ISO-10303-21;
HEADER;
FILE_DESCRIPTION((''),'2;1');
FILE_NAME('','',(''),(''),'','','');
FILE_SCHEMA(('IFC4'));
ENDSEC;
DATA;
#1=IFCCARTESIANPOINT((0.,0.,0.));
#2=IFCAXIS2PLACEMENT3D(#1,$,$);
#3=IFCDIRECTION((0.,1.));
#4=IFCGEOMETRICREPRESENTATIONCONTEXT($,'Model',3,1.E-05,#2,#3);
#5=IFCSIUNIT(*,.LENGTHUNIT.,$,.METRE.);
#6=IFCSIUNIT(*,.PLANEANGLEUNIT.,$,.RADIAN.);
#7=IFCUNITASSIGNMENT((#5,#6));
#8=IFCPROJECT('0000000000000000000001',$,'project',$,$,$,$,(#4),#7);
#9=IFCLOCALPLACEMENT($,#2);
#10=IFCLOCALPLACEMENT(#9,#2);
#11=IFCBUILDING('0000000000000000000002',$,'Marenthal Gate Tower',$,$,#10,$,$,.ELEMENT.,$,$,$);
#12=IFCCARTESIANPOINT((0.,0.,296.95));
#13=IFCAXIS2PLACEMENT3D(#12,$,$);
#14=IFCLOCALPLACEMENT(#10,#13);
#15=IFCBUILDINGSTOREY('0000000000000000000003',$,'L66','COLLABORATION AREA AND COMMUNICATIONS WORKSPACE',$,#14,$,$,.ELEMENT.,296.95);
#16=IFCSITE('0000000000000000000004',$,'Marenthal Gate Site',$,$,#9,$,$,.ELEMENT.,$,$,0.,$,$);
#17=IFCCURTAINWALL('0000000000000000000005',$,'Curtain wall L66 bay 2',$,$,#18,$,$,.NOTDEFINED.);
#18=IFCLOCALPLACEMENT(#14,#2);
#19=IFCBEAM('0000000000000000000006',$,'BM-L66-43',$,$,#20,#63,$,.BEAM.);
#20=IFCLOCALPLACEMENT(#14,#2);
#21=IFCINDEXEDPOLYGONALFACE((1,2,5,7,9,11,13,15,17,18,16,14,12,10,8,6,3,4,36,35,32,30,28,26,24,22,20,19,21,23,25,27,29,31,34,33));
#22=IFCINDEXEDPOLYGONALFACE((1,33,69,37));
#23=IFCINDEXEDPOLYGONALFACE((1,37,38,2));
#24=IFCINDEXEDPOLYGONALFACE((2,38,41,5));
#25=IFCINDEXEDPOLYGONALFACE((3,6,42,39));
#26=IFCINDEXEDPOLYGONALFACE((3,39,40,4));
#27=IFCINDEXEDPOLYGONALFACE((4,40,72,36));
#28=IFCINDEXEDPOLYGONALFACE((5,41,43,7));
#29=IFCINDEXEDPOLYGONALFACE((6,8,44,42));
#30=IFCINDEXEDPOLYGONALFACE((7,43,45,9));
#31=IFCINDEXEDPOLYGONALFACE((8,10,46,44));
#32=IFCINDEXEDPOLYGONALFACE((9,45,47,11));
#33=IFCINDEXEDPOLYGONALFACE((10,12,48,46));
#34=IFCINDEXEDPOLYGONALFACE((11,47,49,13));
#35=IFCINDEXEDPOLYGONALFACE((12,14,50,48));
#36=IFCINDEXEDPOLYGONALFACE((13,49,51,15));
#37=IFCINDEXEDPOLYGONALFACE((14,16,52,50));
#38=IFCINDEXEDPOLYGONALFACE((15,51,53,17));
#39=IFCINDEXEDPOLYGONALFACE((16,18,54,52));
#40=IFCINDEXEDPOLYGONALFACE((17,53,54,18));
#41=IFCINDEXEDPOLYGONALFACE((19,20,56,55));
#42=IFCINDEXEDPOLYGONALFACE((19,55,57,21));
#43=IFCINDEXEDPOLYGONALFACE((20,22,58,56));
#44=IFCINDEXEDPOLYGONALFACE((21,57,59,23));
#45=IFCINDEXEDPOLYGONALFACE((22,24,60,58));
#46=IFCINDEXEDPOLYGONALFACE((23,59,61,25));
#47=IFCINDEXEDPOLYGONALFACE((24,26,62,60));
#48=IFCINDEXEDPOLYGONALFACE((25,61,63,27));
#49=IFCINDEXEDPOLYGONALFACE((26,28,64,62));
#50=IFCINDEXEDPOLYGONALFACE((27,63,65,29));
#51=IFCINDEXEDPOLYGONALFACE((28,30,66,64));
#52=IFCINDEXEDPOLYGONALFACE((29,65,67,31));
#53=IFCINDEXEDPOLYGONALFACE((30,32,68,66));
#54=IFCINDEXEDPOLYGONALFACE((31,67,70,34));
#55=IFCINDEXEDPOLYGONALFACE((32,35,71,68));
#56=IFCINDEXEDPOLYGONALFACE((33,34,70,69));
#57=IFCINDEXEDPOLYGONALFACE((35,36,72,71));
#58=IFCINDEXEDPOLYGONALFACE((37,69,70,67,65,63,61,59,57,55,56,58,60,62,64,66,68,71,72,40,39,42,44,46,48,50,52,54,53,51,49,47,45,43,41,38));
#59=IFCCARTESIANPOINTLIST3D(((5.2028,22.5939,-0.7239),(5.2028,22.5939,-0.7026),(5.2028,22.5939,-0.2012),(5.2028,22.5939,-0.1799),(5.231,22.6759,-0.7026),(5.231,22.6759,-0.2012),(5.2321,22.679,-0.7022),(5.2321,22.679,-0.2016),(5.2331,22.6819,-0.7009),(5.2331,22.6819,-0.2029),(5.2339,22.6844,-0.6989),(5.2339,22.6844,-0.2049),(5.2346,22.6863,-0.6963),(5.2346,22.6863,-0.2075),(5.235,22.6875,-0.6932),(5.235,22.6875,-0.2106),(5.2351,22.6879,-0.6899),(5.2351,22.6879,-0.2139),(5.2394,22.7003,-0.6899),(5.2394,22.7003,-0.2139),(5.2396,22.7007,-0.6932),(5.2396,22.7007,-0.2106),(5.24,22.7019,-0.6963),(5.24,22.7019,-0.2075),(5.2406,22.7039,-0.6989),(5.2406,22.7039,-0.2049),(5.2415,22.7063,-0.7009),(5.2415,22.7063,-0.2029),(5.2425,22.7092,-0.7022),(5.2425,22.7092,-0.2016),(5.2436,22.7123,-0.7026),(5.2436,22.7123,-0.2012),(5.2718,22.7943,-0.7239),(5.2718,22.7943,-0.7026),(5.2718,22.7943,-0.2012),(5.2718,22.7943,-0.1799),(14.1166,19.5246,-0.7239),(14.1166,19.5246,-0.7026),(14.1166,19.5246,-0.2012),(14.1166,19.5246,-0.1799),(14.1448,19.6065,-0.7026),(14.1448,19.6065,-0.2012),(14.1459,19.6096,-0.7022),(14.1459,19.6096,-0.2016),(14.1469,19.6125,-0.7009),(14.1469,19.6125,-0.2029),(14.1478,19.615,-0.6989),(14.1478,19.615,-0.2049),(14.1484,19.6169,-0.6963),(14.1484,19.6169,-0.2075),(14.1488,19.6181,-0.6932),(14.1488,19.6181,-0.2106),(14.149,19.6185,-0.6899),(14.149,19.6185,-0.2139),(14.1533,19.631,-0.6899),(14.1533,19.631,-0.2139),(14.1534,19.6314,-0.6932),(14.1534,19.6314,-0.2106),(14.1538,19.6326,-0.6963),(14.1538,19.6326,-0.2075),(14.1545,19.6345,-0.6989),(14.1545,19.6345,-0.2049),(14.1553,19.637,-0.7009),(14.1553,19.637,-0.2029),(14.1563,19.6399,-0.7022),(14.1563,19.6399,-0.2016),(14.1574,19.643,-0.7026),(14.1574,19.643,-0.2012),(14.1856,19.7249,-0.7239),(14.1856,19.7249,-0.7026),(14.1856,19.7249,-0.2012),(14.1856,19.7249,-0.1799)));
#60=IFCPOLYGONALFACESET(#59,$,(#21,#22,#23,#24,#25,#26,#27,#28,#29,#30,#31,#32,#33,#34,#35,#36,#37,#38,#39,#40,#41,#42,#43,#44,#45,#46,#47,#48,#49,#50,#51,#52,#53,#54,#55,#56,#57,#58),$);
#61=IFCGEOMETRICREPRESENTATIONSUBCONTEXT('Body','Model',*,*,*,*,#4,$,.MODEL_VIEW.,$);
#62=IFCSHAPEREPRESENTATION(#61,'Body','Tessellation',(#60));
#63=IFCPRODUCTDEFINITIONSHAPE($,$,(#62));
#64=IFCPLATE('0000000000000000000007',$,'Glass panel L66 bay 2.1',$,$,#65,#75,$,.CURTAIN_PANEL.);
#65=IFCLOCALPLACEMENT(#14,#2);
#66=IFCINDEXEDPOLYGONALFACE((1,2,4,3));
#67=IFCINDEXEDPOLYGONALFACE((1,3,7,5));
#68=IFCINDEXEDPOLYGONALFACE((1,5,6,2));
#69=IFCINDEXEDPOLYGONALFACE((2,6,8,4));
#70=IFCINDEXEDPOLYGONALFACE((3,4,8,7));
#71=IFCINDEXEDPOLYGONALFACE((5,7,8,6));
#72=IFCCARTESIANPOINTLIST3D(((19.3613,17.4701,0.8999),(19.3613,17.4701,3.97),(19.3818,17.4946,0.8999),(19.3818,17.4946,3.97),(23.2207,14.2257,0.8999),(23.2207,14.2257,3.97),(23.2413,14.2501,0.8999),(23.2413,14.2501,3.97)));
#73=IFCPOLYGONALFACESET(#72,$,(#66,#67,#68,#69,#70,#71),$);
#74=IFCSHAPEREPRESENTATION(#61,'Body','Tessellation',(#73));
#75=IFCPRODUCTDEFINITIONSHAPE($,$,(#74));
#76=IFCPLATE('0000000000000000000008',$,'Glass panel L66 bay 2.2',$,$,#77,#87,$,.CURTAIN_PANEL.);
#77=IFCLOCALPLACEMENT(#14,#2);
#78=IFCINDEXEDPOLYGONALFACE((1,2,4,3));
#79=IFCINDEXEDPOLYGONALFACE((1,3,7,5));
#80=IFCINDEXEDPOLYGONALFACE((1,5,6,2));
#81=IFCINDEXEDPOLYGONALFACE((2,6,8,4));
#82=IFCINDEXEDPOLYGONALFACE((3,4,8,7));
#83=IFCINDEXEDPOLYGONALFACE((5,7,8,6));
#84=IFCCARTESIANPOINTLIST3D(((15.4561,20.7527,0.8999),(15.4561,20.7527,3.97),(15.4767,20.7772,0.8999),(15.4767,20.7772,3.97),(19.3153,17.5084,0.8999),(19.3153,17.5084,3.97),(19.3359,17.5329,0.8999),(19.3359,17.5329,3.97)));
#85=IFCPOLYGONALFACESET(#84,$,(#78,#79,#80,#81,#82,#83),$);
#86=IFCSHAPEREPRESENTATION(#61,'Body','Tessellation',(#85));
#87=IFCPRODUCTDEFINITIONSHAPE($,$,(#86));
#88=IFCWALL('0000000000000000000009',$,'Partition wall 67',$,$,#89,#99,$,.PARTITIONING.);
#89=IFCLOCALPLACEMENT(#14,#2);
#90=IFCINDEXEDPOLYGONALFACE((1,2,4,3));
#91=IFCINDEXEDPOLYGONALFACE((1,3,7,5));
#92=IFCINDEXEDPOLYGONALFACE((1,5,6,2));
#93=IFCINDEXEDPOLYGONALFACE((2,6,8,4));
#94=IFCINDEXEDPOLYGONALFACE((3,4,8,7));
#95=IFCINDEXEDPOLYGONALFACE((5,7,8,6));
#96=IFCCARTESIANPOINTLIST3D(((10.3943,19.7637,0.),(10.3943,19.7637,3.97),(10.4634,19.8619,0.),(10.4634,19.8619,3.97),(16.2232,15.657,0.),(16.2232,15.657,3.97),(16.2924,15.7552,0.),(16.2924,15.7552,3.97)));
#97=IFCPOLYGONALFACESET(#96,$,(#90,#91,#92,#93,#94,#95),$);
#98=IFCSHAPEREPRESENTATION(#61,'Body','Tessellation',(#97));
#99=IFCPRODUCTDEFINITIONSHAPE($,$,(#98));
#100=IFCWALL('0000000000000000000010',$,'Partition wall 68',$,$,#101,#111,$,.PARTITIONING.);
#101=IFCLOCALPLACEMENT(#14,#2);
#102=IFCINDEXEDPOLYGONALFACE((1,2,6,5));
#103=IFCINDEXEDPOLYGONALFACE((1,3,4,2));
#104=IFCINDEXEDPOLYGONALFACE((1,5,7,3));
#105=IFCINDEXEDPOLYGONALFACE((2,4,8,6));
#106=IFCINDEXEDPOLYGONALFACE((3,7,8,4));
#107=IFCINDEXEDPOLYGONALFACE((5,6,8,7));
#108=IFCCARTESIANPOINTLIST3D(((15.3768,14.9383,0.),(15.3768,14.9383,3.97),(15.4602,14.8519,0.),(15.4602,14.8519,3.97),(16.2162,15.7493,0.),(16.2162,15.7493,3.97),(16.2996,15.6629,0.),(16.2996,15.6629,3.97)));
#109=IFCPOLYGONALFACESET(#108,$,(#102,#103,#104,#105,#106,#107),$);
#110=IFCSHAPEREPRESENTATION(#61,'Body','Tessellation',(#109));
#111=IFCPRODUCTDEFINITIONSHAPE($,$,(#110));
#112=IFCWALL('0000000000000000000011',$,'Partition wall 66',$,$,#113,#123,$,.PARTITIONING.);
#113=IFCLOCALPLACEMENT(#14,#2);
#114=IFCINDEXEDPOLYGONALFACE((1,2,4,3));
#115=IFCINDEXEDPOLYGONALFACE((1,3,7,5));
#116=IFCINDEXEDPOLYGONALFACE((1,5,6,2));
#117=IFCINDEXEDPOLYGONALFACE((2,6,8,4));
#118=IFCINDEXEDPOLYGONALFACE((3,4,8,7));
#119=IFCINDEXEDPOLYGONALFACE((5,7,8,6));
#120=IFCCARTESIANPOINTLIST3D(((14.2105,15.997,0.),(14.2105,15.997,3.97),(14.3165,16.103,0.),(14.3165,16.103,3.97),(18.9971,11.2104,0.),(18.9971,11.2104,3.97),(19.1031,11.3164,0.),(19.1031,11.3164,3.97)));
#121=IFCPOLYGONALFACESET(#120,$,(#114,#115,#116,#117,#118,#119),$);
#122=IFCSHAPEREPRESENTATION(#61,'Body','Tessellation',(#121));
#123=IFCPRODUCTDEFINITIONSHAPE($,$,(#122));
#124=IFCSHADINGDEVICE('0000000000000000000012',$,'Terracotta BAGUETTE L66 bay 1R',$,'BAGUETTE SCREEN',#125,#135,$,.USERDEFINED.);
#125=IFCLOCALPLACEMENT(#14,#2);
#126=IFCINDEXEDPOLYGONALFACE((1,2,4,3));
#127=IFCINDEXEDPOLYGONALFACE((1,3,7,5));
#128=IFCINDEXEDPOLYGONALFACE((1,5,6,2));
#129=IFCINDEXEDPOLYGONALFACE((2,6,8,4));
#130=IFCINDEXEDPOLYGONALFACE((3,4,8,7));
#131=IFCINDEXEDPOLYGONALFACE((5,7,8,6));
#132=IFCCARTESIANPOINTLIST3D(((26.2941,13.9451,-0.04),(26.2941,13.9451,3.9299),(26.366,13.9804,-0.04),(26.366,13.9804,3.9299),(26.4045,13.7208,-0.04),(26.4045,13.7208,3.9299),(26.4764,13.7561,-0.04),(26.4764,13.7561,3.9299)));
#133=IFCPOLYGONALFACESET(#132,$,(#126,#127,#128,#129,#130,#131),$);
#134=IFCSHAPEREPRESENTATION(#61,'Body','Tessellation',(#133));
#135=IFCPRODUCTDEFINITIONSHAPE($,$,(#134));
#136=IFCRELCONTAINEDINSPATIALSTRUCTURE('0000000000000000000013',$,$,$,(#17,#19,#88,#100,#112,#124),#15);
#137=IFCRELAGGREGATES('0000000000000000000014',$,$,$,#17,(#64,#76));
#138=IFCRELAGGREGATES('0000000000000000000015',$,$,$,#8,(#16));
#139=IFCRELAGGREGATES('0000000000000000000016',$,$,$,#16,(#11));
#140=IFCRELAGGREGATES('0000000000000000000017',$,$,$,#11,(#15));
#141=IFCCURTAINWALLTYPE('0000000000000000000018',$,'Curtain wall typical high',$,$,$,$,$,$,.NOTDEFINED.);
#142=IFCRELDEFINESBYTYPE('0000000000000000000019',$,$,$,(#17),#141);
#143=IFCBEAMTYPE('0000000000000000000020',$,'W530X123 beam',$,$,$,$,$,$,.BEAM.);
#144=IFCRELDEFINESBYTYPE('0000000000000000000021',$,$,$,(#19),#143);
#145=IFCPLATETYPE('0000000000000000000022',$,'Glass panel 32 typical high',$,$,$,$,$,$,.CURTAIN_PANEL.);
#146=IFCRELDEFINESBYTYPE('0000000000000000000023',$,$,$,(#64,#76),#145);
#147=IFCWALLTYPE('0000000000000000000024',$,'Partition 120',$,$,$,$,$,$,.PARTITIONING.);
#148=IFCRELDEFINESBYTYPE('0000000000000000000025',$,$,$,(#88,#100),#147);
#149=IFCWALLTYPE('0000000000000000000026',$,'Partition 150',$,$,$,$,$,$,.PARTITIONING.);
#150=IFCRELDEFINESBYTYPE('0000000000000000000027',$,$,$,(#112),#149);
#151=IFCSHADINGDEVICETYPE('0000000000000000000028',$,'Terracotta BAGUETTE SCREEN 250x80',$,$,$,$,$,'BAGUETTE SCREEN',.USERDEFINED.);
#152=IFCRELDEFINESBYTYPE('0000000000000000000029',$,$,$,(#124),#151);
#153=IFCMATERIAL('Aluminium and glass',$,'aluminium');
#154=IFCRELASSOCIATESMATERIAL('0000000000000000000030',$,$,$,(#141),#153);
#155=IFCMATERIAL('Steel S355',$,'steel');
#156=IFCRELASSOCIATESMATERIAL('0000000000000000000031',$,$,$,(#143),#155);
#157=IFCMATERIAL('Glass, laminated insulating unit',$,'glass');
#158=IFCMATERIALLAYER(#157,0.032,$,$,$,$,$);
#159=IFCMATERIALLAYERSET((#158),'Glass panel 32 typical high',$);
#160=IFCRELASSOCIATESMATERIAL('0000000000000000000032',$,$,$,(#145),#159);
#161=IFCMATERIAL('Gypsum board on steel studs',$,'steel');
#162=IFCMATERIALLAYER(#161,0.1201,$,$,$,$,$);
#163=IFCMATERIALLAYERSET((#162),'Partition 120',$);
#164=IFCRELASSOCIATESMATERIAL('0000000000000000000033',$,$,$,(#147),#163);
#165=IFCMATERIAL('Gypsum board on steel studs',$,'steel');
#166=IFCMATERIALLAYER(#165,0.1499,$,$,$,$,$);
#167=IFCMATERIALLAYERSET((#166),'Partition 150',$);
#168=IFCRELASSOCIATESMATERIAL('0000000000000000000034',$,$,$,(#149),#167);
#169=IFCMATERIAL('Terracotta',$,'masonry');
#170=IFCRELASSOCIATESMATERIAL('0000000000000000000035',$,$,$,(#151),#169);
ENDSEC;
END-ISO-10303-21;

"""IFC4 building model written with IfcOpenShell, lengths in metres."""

from ifc_helpers import new_model, si_unit, direction, frame, frame_2d, origin, origin_2d, place, context, subcontext, project, spatial, rectangle, i_section, extrude, material, layer, layer_set, material_profile, profile_set, type_object, element, aggregate, save


model = new_model("IFC4")

# Units and contexts
model_context = context("Model", 3, precision=1e-05, world=origin(), true_north=direction((0.0, 1.0)))
body_context = subcontext(model_context, "Body", "Model", "MODEL_VIEW")
ifc_project = project(units=[si_unit("LENGTHUNIT", "METRE"), si_unit("PLANEANGLEUNIT", "RADIAN")], contexts=[model_context])

# Site, building, storey
site_placement = place(None, origin())
site = spatial("IfcSite", under=ifc_project, at=site_placement, Name="Marenthal Gate Site", CompositionType="ELEMENT", RefElevation=0.0)
building_placement = place(site_placement, origin())
building = spatial("IfcBuilding", under=site, at=building_placement, Name="Marenthal Gate Tower", CompositionType="ELEMENT")
storey_placement = place(building_placement, frame((0.0, 0.0, 296.95)))
storey = spatial("IfcBuildingStorey", under=building, at=storey_placement, Name="L66", Description="COLLABORATION AREA AND COMMUNICATIONS WORKSPACE", CompositionType="ELEMENT", Elevation=296.95)

# Curtain wall
ifc_material_1 = material(Name="Aluminium and glass", Category="aluminium")
curtain_wall_type = type_object("IfcCurtainWallType", Name="Curtain wall typical high", PredefinedType="NOTDEFINED", material=ifc_material_1)
curtain_wall_placement = place(storey_placement, origin())
curtain_wall = element("IfcCurtainWall", 1, at=curtain_wall_placement, inside=storey, type_object=curtain_wall_type, Name="Curtain wall L66 bay 2", PredefinedType="NOTDEFINED")

# Beam
ifc_material_2 = material(Name="Steel S355", Category="steel")
ifc_material_profile_1 = material_profile(ifc_material_2, i_section(OverallWidth=0.2119, OverallDepth=0.5439, WebThickness=0.0132, FlangeThickness=0.0212, FilletRadius=0.0127, at=origin_2d()), Name="W530X123")
ifc_profile_set_1 = profile_set([ifc_material_profile_1], Name="Steel S355")
beam_type_1 = type_object("IfcBeamType", Name="W530X123 beam", PredefinedType="BEAM", material=ifc_profile_set_1)
beam_1_placement = place(storey_placement, frame((14.1511, 19.6248, -0.4519), z_axis=(-0.945517, 0.325574, 0.0), x_axis=(-0.325574, -0.945517, 0.0)))
element("IfcBeam", 2, at=beam_1_placement, inside=storey, type_object=beam_type_1, Name="BM-L66-43", PredefinedType="BEAM", context=body_context, shape_type="SweptSolid", body=[
    extrude(i_section(OverallWidth=0.2119, OverallDepth=0.5439, WebThickness=0.0132, FlangeThickness=0.0212, FilletRadius=0.0127, at=origin_2d()), origin(), (0.0, 0.0, 1.0), 9.4275),
])

# Plates
ifc_material_3 = material(Name="Glass, laminated insulating unit", Category="glass")
ifc_layer_1 = layer(ifc_material_3, 0.032)
ifc_layer_set_1 = layer_set([ifc_layer_1], Name="Glass panel 32 typical high")
plate_type = type_object("IfcPlateType", Name="Glass panel 32 typical high", PredefinedType="CURTAIN_PANEL", material=ifc_layer_set_1)
plate_1_placement = place(storey_placement, frame((21.3013, 15.8601, 0.8999), z_axis=(0.0, 0.0, 1.0), x_axis=(-0.765463, 0.64348, 0.0)))
plate_1 = element("IfcPlate", 3, at=plate_1_placement, type_object=plate_type, Name="Glass panel L66 bay 2.1", PredefinedType="CURTAIN_PANEL", context=body_context, shape_type="SweptSolid", body=[
    extrude(rectangle(XDim=5.042, YDim=0.032, at=origin_2d()), origin(), (0.0, 0.0, 1.0), 3.0701),
])
plate_2_placement = place(storey_placement, frame((17.396, 19.1428, 0.8999), z_axis=(0.0, 0.0, 1.0), x_axis=(-0.765463, 0.64348, 0.0)))
plate_2 = element("IfcPlate", 4, at=plate_2_placement, type_object=plate_type, Name="Glass panel L66 bay 2.2", PredefinedType="CURTAIN_PANEL", context=body_context, shape_type="SweptSolid", body=[
    extrude(rectangle(XDim=5.0417, YDim=0.032, at=origin_2d()), origin(), (0.0, 0.0, 1.0), 3.0701),
])
aggregate(curtain_wall, [plate_1, plate_2])

# Walls
ifc_material_4 = material(Name="Gypsum board on steel studs", Category="steel")
ifc_layer_2 = layer(ifc_material_4, 0.1201)
ifc_layer_set_2 = layer_set([ifc_layer_2], Name="Partition 120")
wall_type_1 = type_object("IfcWallType", Name="Partition 120", PredefinedType="PARTITIONING", material=ifc_layer_set_2)
wall_1_placement = place(storey_placement, frame((16.2578, 15.7061, 0.0), z_axis=(0.0, 0.0, 1.0), x_axis=(-0.817483, 0.575953, 0.0)))
element("IfcWall", 5, at=wall_1_placement, inside=storey, type_object=wall_type_1, Name="Partition wall 67", PredefinedType="PARTITIONING", context=body_context, shape_type="SweptSolid", body=[
    extrude(rectangle(XDim=7.1304, YDim=0.1201, at=frame_2d((3.5652, 0.0))), origin(), (0.0, 0.0, 1.0), 3.97),
])
wall_2_placement = place(storey_placement, frame((16.2578, 15.7061, 0.0), z_axis=(0.0, 0.0, 1.0), x_axis=(-0.719135, -0.694871, 0.0)))
element("IfcWall", 6, at=wall_2_placement, inside=storey, type_object=wall_type_1, Name="Partition wall 68", PredefinedType="PARTITIONING", context=body_context, shape_type="SweptSolid", body=[
    extrude(rectangle(XDim=1.1672, YDim=0.1201, at=frame_2d((0.5835, 0.0))), origin(), (0.0, 0.0, 1.0), 3.97),
])
ifc_material_5 = material(Name="Gypsum board on steel studs", Category="steel")
ifc_layer_3 = layer(ifc_material_5, 0.1499)
ifc_layer_set_3 = layer_set([ifc_layer_3], Name="Partition 150")
wall_type_2 = type_object("IfcWallType", Name="Partition 150", PredefinedType="PARTITIONING", material=ifc_layer_set_3)
wall_3_placement = place(storey_placement, frame((14.2634, 16.05, 0.0), z_axis=(0.0, 0.0, 1.0), x_axis=(0.707107, -0.707107, 0.0)))
element("IfcWall", 7, at=wall_3_placement, inside=storey, type_object=wall_type_2, Name="Partition wall 66", PredefinedType="PARTITIONING", context=body_context, shape_type="SweptSolid", body=[
    extrude(rectangle(XDim=6.7693, YDim=0.1499, at=frame_2d((3.3848, 0.0))), origin(), (0.0, 0.0, 1.0), 3.97),
])

# Shading device
ifc_material_6 = material(Name="Terracotta", Category="masonry")
ifc_material_profile_2 = material_profile(ifc_material_6, rectangle(XDim=0.25, YDim=0.0801, at=origin_2d()), Name="Terracotta baguette 250x80")
ifc_profile_set_2 = profile_set([ifc_material_profile_2], Name="Terracotta")
shading_device_type = type_object("IfcShadingDeviceType", Name="Terracotta BAGUETTE SCREEN 250x80", ElementType="BAGUETTE SCREEN", PredefinedType="USERDEFINED", material=ifc_profile_set_2)
shading_device_placement = place(storey_placement, frame((26.3853, 13.8506, -0.04), z_axis=(0.0, 0.0, 1.0), x_axis=(-0.441624, 0.8972, 0.0)))
element("IfcShadingDevice", 8, at=shading_device_placement, inside=storey, type_object=shading_device_type, Name="Terracotta BAGUETTE L66 bay 1R", ObjectType="BAGUETTE SCREEN", PredefinedType="USERDEFINED", context=body_context, shape_type="SweptSolid", body=[
    extrude(rectangle(XDim=0.25, YDim=0.0801, at=origin_2d()), origin(), (0.0, 0.0, 1.0), 3.97),
])

save(model, "model.ifc")
